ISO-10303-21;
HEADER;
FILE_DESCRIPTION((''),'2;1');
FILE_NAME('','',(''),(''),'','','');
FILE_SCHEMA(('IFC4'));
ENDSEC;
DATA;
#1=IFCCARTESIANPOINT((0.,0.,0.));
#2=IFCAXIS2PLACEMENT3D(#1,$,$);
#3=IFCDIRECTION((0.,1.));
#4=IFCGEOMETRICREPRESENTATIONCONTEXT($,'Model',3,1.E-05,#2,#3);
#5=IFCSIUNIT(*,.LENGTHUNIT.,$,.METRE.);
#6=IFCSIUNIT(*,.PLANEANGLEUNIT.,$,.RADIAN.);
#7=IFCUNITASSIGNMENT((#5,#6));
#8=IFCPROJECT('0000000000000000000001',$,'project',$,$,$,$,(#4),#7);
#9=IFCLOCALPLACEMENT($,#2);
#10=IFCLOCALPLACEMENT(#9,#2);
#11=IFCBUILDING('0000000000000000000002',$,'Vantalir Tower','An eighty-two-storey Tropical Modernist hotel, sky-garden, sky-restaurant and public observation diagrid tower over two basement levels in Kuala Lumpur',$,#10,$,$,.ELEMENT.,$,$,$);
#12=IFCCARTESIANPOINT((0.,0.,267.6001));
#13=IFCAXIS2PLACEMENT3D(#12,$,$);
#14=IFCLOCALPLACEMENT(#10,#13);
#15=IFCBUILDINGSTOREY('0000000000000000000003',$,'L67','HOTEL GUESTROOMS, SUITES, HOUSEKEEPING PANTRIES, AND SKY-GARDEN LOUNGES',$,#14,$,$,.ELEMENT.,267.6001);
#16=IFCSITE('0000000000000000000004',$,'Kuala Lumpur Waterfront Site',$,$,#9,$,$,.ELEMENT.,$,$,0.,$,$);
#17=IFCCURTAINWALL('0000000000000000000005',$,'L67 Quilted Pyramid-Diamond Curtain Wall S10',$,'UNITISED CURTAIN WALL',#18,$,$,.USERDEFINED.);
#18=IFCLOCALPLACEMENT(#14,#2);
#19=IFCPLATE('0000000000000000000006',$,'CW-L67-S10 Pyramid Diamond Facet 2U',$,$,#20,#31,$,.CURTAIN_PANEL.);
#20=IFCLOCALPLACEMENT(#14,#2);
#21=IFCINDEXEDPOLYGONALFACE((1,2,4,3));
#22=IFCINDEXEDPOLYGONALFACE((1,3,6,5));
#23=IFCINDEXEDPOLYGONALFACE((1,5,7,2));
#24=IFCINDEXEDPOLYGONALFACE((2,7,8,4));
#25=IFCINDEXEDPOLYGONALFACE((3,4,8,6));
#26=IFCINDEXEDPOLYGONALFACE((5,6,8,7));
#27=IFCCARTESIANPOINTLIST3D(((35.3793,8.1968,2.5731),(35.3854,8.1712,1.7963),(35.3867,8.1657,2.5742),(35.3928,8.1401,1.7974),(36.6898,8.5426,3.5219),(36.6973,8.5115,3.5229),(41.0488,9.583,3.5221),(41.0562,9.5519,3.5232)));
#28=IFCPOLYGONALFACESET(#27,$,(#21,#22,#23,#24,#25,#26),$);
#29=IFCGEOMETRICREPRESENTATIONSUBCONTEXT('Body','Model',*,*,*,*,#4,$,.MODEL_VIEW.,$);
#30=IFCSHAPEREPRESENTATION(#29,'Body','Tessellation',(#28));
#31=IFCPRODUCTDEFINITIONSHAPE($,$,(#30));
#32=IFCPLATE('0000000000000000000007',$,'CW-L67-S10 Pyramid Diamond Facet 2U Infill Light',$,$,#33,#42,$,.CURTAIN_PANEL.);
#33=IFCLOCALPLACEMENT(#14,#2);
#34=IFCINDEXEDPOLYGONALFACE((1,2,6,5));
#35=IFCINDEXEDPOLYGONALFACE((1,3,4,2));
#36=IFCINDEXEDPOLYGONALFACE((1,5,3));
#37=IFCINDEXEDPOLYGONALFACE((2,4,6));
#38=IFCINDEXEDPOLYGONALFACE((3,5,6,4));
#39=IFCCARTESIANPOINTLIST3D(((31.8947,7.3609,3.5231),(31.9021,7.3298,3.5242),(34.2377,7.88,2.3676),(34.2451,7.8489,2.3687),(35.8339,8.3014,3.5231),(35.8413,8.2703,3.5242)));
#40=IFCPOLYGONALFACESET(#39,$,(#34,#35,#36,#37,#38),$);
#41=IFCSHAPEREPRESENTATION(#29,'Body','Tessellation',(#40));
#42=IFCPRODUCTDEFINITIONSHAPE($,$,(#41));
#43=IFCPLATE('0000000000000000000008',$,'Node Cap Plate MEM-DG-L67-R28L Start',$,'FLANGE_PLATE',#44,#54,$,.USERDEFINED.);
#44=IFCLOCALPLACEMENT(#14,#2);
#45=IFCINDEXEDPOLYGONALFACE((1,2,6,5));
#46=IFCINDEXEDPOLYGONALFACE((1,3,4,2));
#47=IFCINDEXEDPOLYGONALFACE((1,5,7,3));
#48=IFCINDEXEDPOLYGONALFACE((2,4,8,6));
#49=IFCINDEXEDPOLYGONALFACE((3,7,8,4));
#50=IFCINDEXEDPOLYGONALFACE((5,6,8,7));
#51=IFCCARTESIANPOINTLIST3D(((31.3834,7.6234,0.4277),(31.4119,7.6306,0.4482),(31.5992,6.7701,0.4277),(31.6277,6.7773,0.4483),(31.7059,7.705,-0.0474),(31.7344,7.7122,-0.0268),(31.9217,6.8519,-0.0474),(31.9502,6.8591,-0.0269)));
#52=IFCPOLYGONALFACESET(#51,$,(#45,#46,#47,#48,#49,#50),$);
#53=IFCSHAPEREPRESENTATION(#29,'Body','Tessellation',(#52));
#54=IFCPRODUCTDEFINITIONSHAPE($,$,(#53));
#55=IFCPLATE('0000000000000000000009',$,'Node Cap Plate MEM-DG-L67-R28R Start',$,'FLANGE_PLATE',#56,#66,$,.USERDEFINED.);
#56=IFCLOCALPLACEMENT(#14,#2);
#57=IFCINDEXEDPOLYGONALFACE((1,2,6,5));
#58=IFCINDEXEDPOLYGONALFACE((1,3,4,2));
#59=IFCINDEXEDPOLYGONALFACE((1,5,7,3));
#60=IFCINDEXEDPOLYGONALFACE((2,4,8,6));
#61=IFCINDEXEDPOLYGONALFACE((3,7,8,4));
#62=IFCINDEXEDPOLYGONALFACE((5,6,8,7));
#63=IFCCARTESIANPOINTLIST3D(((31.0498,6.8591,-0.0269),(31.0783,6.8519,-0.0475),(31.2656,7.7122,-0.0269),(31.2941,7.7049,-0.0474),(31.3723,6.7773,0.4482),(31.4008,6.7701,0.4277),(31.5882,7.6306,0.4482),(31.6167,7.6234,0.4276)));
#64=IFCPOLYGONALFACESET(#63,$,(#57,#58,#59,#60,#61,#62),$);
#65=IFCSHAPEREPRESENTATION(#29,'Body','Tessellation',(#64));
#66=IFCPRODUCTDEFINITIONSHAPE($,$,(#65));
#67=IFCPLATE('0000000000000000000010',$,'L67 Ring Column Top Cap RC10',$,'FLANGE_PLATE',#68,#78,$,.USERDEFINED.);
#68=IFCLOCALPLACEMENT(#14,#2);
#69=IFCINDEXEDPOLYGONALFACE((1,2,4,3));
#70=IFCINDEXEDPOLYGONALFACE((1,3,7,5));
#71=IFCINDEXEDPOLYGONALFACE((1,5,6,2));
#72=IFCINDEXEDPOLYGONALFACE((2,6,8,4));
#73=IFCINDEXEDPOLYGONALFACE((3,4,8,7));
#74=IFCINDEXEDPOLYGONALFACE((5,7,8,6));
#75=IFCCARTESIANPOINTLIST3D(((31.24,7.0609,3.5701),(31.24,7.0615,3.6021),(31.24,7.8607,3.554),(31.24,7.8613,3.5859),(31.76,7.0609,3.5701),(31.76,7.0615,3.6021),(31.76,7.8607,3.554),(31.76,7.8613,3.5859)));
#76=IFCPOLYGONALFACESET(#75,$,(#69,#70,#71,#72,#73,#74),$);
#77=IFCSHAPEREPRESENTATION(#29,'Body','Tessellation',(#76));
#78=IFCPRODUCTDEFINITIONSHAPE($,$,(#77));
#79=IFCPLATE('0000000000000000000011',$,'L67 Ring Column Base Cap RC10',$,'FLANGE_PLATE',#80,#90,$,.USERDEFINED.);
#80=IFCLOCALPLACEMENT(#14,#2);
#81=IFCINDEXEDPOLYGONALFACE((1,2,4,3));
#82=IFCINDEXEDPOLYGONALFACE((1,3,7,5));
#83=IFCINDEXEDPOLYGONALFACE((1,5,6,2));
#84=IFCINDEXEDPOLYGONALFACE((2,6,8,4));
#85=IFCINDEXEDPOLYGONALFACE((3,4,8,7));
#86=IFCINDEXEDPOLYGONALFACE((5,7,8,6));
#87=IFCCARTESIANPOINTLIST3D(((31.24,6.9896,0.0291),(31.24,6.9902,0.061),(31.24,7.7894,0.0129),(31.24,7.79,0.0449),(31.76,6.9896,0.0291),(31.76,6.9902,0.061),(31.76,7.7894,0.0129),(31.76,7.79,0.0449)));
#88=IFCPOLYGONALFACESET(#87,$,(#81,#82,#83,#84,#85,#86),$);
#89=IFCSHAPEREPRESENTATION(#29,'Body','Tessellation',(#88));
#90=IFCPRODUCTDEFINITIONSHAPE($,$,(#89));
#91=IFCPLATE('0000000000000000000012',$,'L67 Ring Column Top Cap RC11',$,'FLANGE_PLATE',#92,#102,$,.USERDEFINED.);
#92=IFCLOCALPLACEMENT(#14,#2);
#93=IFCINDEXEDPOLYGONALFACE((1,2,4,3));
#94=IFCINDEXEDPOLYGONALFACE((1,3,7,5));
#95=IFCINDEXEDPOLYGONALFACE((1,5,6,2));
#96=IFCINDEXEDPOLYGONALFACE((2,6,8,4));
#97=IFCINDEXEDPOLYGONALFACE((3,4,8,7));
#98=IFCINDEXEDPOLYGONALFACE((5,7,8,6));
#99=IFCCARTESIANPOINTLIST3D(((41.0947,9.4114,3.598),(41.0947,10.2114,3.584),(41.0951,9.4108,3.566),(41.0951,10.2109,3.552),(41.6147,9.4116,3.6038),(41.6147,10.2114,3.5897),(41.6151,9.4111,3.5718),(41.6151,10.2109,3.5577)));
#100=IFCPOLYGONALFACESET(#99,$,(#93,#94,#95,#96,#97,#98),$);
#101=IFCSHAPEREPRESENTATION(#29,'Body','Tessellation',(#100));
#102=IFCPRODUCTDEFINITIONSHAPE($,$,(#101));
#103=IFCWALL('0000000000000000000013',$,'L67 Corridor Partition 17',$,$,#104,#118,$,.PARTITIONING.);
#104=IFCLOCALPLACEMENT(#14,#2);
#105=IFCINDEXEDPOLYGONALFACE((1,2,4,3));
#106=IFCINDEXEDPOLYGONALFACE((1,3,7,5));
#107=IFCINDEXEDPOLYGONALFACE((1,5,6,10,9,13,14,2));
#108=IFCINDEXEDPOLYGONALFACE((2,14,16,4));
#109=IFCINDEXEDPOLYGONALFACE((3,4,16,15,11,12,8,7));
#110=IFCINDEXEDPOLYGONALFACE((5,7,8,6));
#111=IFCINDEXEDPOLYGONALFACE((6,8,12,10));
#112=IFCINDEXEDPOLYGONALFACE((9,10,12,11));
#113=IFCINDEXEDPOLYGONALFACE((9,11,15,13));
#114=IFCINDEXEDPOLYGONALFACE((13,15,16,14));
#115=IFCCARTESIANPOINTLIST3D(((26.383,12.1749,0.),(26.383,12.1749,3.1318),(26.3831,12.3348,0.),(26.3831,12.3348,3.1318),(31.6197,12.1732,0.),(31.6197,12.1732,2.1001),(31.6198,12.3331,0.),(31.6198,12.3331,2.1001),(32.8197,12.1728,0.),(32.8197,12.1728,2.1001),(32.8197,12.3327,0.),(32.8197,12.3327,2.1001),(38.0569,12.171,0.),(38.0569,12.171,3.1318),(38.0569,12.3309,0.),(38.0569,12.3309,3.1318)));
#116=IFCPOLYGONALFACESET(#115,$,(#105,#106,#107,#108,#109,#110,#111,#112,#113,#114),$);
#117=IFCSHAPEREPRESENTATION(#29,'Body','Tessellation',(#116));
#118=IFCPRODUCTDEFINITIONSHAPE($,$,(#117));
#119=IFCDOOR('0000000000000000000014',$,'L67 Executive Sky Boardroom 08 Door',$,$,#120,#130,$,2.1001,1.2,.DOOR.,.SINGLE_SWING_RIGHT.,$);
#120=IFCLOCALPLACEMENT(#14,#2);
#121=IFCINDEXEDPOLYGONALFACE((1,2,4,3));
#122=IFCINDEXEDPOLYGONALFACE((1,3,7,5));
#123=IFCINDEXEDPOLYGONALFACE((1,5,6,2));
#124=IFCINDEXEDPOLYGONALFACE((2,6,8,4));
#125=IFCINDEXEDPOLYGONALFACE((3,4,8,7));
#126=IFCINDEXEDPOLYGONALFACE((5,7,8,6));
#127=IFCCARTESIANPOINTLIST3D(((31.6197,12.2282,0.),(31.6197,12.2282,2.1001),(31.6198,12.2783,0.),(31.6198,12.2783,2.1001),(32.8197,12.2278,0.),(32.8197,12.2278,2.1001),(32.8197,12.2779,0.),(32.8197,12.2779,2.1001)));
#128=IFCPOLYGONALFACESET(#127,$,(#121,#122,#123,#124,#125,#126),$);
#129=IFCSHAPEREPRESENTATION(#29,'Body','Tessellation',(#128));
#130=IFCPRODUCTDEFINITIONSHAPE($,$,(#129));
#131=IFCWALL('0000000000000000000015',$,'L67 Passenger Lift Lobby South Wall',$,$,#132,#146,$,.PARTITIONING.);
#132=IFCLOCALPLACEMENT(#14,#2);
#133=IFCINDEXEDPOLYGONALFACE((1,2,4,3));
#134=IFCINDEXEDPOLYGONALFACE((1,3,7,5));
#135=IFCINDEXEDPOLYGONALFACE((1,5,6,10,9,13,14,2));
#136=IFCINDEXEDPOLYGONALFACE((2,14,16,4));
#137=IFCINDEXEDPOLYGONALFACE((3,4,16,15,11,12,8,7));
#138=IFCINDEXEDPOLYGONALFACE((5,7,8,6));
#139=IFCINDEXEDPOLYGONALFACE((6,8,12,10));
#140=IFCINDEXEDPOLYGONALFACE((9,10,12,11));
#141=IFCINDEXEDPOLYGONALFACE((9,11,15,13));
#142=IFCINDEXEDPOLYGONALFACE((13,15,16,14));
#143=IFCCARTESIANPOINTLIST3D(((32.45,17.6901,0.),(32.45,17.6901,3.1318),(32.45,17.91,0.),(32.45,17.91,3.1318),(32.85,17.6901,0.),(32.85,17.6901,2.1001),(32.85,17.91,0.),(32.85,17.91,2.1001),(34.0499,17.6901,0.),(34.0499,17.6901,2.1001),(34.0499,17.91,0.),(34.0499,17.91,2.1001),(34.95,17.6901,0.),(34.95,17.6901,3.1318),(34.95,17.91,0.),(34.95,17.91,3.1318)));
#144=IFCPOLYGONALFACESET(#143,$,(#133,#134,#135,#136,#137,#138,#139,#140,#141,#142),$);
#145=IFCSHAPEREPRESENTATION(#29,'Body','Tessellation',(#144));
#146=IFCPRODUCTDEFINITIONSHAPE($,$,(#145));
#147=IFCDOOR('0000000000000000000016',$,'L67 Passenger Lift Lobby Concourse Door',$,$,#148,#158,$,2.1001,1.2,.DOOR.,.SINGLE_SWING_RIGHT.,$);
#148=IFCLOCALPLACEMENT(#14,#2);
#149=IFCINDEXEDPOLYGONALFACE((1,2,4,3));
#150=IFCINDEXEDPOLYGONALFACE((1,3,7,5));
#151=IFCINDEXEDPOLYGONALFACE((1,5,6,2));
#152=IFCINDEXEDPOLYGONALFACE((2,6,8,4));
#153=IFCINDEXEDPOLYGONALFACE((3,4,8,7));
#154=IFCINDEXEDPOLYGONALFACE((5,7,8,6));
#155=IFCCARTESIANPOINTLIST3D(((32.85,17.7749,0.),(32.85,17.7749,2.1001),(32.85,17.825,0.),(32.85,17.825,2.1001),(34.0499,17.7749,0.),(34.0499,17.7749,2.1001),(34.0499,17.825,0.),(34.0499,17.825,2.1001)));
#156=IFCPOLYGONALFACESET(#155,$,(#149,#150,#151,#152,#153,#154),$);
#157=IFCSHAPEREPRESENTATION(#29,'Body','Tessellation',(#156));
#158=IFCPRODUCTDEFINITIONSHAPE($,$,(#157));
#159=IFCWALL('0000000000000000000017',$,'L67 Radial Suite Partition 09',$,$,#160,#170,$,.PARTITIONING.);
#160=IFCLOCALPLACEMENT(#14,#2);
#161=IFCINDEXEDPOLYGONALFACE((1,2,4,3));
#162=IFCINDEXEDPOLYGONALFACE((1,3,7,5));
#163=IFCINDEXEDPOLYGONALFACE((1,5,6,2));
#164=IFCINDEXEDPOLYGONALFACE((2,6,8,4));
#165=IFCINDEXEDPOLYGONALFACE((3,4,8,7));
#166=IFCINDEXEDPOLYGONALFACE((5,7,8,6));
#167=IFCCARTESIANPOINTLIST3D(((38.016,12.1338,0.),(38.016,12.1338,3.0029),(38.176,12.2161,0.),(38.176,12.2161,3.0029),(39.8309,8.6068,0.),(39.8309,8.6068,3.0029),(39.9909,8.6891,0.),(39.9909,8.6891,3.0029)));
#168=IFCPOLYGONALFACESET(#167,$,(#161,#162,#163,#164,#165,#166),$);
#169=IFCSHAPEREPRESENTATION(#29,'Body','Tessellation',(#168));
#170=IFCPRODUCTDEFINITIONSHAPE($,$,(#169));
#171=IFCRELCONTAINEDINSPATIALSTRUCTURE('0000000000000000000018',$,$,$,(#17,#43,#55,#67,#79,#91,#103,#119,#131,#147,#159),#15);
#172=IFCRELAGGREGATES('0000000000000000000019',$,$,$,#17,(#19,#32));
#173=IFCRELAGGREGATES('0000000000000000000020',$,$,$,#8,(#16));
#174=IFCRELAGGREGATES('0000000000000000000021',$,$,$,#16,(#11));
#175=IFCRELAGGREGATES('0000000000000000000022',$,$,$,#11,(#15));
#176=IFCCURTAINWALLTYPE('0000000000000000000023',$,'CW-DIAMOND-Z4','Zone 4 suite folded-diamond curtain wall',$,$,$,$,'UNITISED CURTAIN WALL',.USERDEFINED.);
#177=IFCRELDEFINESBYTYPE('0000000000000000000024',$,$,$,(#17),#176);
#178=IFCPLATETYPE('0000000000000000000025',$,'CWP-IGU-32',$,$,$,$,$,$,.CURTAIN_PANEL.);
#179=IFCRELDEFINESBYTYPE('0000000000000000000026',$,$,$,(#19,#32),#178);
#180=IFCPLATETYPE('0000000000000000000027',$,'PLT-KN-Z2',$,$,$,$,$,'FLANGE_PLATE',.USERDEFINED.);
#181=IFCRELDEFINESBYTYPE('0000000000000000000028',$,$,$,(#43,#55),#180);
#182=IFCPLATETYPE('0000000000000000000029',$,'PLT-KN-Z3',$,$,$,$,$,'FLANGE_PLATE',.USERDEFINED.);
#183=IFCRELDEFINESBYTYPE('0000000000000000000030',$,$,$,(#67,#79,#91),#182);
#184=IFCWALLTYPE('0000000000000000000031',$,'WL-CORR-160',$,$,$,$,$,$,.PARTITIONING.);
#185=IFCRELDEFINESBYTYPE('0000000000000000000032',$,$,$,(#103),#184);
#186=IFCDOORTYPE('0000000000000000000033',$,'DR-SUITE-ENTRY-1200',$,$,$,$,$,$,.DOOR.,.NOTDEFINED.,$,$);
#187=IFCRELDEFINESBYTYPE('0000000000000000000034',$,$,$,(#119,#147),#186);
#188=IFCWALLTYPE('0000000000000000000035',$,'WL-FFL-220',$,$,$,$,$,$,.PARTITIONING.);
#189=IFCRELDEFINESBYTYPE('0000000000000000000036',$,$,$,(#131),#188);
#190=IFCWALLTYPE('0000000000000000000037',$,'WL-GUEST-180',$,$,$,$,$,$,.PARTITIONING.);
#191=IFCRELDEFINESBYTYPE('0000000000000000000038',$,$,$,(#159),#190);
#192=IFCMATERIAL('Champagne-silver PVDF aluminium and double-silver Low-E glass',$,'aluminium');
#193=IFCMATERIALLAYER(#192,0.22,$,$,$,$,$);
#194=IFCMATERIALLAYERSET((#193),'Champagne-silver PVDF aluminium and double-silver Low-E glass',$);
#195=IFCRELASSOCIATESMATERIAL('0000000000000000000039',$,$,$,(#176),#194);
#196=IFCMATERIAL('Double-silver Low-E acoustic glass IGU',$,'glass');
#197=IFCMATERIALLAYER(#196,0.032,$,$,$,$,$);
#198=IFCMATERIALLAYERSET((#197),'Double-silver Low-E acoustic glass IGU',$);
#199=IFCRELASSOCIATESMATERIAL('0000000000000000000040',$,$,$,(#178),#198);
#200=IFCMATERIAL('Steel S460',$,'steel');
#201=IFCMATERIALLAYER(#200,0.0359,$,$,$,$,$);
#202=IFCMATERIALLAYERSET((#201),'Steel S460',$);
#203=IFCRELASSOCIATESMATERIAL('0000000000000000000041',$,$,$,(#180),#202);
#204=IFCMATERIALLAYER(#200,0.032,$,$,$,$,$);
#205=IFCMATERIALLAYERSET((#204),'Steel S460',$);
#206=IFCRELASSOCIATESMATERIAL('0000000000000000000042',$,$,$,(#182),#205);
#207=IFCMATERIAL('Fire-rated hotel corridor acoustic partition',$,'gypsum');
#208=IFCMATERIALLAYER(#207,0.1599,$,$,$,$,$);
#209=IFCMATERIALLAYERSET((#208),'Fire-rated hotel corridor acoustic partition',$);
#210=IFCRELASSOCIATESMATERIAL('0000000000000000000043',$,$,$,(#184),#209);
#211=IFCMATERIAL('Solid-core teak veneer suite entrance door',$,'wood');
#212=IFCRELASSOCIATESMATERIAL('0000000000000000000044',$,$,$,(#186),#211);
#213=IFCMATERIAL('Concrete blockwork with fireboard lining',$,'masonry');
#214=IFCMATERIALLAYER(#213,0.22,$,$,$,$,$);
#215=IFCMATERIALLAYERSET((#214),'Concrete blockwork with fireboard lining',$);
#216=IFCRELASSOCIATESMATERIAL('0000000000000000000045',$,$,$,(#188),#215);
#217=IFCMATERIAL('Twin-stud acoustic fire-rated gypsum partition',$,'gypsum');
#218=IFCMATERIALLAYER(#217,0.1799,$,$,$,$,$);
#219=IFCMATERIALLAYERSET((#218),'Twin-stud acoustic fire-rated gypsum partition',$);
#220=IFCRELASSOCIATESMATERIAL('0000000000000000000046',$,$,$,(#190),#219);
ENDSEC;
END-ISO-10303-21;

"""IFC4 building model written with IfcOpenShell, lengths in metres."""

from ifc_helpers import new_model, si_unit, direction, frame, frame_2d, origin, place, context, subcontext, project, spatial, polyline, rectangle, outline, extrude, material, layer, layer_set, type_object, element, fill, aggregate, save


model = new_model("IFC4")

# Units and contexts
model_context = context("Model", 3, precision=1e-05, world=origin(), true_north=direction((0.0, 1.0)))
body_context = subcontext(model_context, "Body", "Model", "MODEL_VIEW")
ifc_project = project(units=[si_unit("LENGTHUNIT", "METRE"), si_unit("PLANEANGLEUNIT", "RADIAN")], contexts=[model_context])

# Site, building, storey
site_placement = place(None, origin())
site = spatial("IfcSite", under=ifc_project, at=site_placement, Name="Kuala Lumpur Waterfront Site", CompositionType="ELEMENT", RefElevation=0.0)
building_placement = place(site_placement, origin())
building = spatial("IfcBuilding", under=site, at=building_placement, Name="Vantalir Tower", Description="An eighty-two-storey Tropical Modernist hotel, sky-garden, sky-restaurant and public observation diagrid tower over two basement levels in Kuala Lumpur", CompositionType="ELEMENT")
storey_placement = place(building_placement, frame((0.0, 0.0, 267.6001)))
storey = spatial("IfcBuildingStorey", under=building, at=storey_placement, Name="L67", Description="HOTEL GUESTROOMS, SUITES, HOUSEKEEPING PANTRIES, AND SKY-GARDEN LOUNGES", CompositionType="ELEMENT", Elevation=267.6001)

# Shared definitions
ifc_material_1 = material(Name="Steel S460", Category="steel")

# Shared definitions
ifc_material_2 = material(Name="Champagne-silver PVDF aluminium and double-silver Low-E glass", Category="aluminium")
ifc_layer_1 = layer(ifc_material_2, 0.22)
ifc_layer_set_1 = layer_set([ifc_layer_1], Name="Champagne-silver PVDF aluminium and double-silver Low-E glass")
curtain_wall_type = type_object("IfcCurtainWallType", Name="CW-DIAMOND-Z4", Description="Zone 4 suite folded-diamond curtain wall", ElementType="UNITISED CURTAIN WALL", PredefinedType="USERDEFINED", material=ifc_layer_set_1)

# Curtain wall
curtain_wall_1_placement = place(storey_placement, origin())
curtain_wall_1 = element("IfcCurtainWall", 1, at=curtain_wall_1_placement, inside=storey, type_object=curtain_wall_type, Name="L67 Quilted Pyramid-Diamond Curtain Wall S10", ObjectType="UNITISED CURTAIN WALL", PredefinedType="USERDEFINED")

# Plates
ifc_material_3 = material(Name="Double-silver Low-E acoustic glass IGU", Category="glass")
ifc_layer_2 = layer(ifc_material_3, 0.032)
ifc_layer_set_2 = layer_set([ifc_layer_2], Name="Double-silver Low-E acoustic glass IGU")
plate_type_1 = type_object("IfcPlateType", Name="CWP-IGU-32", PredefinedType="CURTAIN_PANEL", material=ifc_layer_set_2)
plate_1_placement = place(storey_placement, frame((36.6973, 8.5115, 3.5229), z_axis=(0.232037, -0.97212, 0.033789), x_axis=(0.972675, 0.232171, 0.000055)))
plate_1 = element("IfcPlate", 2, at=plate_1_placement, type_object=plate_type_1, Name="CW-L67-S10 Pyramid Diamond Facet 2U", PredefinedType="CURTAIN_PANEL", context=body_context, shape_type="SweptSolid", body=[
    extrude(outline(polyline([(0.0, 0.0), (4.4814, 0.0), (-1.3551, -1.7265), (-1.3551, -0.9492), (0.0, 0.0)])), origin(), (0.0, 0.0, -1.0), 0.032),
])
plate_2_placement = place(storey_placement, frame((31.9021, 7.3298, 3.5242), z_axis=(0.232076, -0.972106, 0.033919), x_axis=(0.972666, 0.23221, 0.0)))
plate_2 = element("IfcPlate", 3, at=plate_2_placement, type_object=plate_type_1, Name="CW-L67-S10 Pyramid Diamond Facet 2U Infill Light", PredefinedType="CURTAIN_PANEL", context=body_context, shape_type="SweptSolid", body=[
    extrude(outline(polyline([(0.0, 0.0), (4.0499, 0.0), (2.3995, -1.1562), (0.0, 0.0)])), origin(), (0.0, 0.0, -1.0), 0.032),
])
aggregate(curtain_wall_1, [plate_1, plate_2])

# Plates
ifc_layer_3 = layer(ifc_material_1, 0.0359)
ifc_layer_set_3 = layer_set([ifc_layer_3], Name="Steel S460")
plate_type_2 = type_object("IfcPlateType", Name="PLT-KN-Z2", ElementType="FLANGE_PLATE", PredefinedType="USERDEFINED", material=ifc_layer_set_3)
plate_3_placement = place(storey_placement, frame((31.9502, 6.8591, -0.0269), z_axis=(0.794119, 0.200888, 0.573602), x_axis=(-0.245255, 0.969459, 0.000016)))
element("IfcPlate", 4, at=plate_3_placement, inside=storey, type_object=plate_type_2, Name="Node Cap Plate MEM-DG-L67-R28L Start", ObjectType="FLANGE_PLATE", PredefinedType="USERDEFINED", context=body_context, shape_type="SweptSolid", body=[
    extrude(outline(polyline([(0.0, 0.0), (0.8799, 0.0), (0.88, 0.58), (-0.0002, 0.58), (0.0, 0.0)])), origin(), (0.0, 0.0, -1.0), 0.0359),
])
plate_4_placement = place(storey_placement, frame((31.2656, 7.7122, -0.0269), z_axis=(-0.794119, 0.200888, 0.573602), x_axis=(-0.245255, -0.969459, -0.000016)))
element("IfcPlate", 5, at=plate_4_placement, inside=storey, type_object=plate_type_2, Name="Node Cap Plate MEM-DG-L67-R28R Start", ObjectType="FLANGE_PLATE", PredefinedType="USERDEFINED", context=body_context, shape_type="SweptSolid", body=[
    extrude(outline(polyline([(0.0, 0.0), (0.8799, 0.0), (0.8801, 0.58), (-0.0001, 0.58), (0.0, 0.0)])), origin(), (0.0, 0.0, -1.0), 0.0359),
])
ifc_layer_4 = layer(ifc_material_1, 0.032)
ifc_layer_set_4 = layer_set([ifc_layer_4], Name="Steel S460")
plate_type_3 = type_object("IfcPlateType", Name="PLT-KN-Z3", ElementType="FLANGE_PLATE", PredefinedType="USERDEFINED", material=ifc_layer_set_4)
for number, where, z_axis, x_axis, name in (
    (6, (31.24, 7.8613, 3.5859), (0.0, 0.020142, 0.999797), (0.0, -0.999797, 0.020142), "L67 Ring Column Top Cap RC10"),
    (7, (31.24, 7.79, 0.0449), (0.0, 0.020142, 0.999797), (0.0, -0.999797, 0.020142), "L67 Ring Column Base Cap RC10"),
):
    element("IfcPlate", number, at=place(storey_placement, frame(where, z_axis=z_axis, x_axis=x_axis)), inside=storey, type_object=plate_type_3, Name=name, ObjectType="FLANGE_PLATE", PredefinedType="USERDEFINED", context=body_context, shape_type="SweptSolid", body=[
        extrude(outline(polyline([(0.0, 0.0), (0.8, 0.0), (0.8, 0.52), (0.0, 0.52), (0.0, 0.0)])), origin(), (0.0, 0.0, -1.0), 0.032),
    ])
plate_5_placement = place(storey_placement, frame((41.0947, 10.2114, 3.584), z_axis=(-0.011035, 0.017545, 0.999785), x_axis=(0.000002, -0.999846, 0.017547)))
element("IfcPlate", 8, at=plate_5_placement, inside=storey, type_object=plate_type_3, Name="L67 Ring Column Top Cap RC11", ObjectType="FLANGE_PLATE", PredefinedType="USERDEFINED", context=body_context, shape_type="SweptSolid", body=[
    extrude(outline(polyline([(0.0, 0.0), (0.8002, 0.0), (0.8, 0.52), (0.0001, 0.5201), (0.0, 0.0)])), origin(), (0.0, 0.0, -1.0), 0.032),
])

# Walls, openings, doors
ifc_material_4 = material(Name="Fire-rated hotel corridor acoustic partition", Category="gypsum")
ifc_layer_5 = layer(ifc_material_4, 0.1599)
ifc_layer_set_5 = layer_set([ifc_layer_5], Name="Fire-rated hotel corridor acoustic partition")
wall_type_1 = type_object("IfcWallType", Name="WL-CORR-160", PredefinedType="PARTITIONING", material=ifc_layer_set_5)
wall_1_placement = place(storey_placement, frame((38.0569, 12.251, 0.0), z_axis=(0.0, 0.0, 1.0), x_axis=(-1.0, 0.000335, 0.0)))
wall_1 = element("IfcWall", 9, at=wall_1_placement, inside=storey, type_object=wall_type_1, Name="L67 Corridor Partition 17", PredefinedType="PARTITIONING", context=body_context, shape_type="SweptSolid", body=[
    extrude(rectangle(XDim=11.6738, YDim=0.1599, at=frame_2d((5.8369, 0.0))), origin(), (0.0, 0.0, 1.0), 3.1318),
])
opening_1_placement = place(wall_1_placement, frame((5.2371, 0.0, 0.0)))
opening_1 = element("IfcOpeningElement", 10, at=opening_1_placement, cuts=wall_1, PredefinedType="OPENING", context=body_context, shape_type="SweptSolid", body=[
    extrude(rectangle(XDim=1.2, YDim=2.1001, at=frame_2d((0.6001, 1.05))), frame((0.0, 0.0898, 0.0), z_axis=(0.0, -1.0, 0.0), x_axis=(1.0, 0.0, 0.0)), (0.0, 0.0, 1.0), 0.1799),
])
ifc_material_5 = material(Name="Solid-core teak veneer suite entrance door", Category="wood")
door_type = type_object("IfcDoorType", Name="DR-SUITE-ENTRY-1200", OperationType="NOTDEFINED", PredefinedType="DOOR", material=ifc_material_5)
door_1_placement = place(opening_1_placement, origin())
door_1 = element("IfcDoor", 11, at=door_1_placement, inside=storey, type_object=door_type, Name="L67 Executive Sky Boardroom 08 Door", OperationType="SINGLE_SWING_RIGHT", OverallHeight=2.1001, OverallWidth=1.2, PredefinedType="DOOR", context=body_context, shape_type="SweptSolid", body=[
    extrude(rectangle(XDim=1.2, YDim=2.1001, at=frame_2d((0.6001, 1.05))), frame((0.0, 0.0249, 0.0), z_axis=(0.0, -1.0, 0.0), x_axis=(1.0, 0.0, 0.0)), (0.0, 0.0, 1.0), 0.05),
])
fill(opening_1, door_1)
ifc_material_6 = material(Name="Concrete blockwork with fireboard lining", Category="masonry")
ifc_layer_6 = layer(ifc_material_6, 0.22)
ifc_layer_set_6 = layer_set([ifc_layer_6], Name="Concrete blockwork with fireboard lining")
wall_type_2 = type_object("IfcWallType", Name="WL-FFL-220", PredefinedType="PARTITIONING", material=ifc_layer_set_6)
wall_2_placement = place(storey_placement, frame((32.45, 17.8, 0.0), z_axis=(0.0, 0.0, 1.0), x_axis=(1.0, 0.0, 0.0)))
wall_2 = element("IfcWall", 12, at=wall_2_placement, inside=storey, type_object=wall_type_2, Name="L67 Passenger Lift Lobby South Wall", PredefinedType="PARTITIONING", context=body_context, shape_type="SweptSolid", body=[
    extrude(rectangle(XDim=2.5, YDim=0.22, at=frame_2d((1.25, 0.0))), origin(), (0.0, 0.0, 1.0), 3.1318),
])
opening_2_placement = place(wall_2_placement, frame((0.3999, 0.0, 0.0)))
opening_2 = element("IfcOpeningElement", 13, at=opening_2_placement, cuts=wall_2, PredefinedType="OPENING", context=body_context, shape_type="SweptSolid", body=[
    extrude(rectangle(XDim=1.2, YDim=2.1001, at=frame_2d((0.6001, 1.05))), frame((0.0, 0.1199, 0.0), z_axis=(0.0, -1.0, 0.0), x_axis=(1.0, 0.0, 0.0)), (0.0, 0.0, 1.0), 0.24),
])
door_2_placement = place(opening_2_placement, origin())
door_2 = element("IfcDoor", 14, at=door_2_placement, inside=storey, type_object=door_type, Name="L67 Passenger Lift Lobby Concourse Door", OperationType="SINGLE_SWING_RIGHT", OverallHeight=2.1001, OverallWidth=1.2, PredefinedType="DOOR", context=body_context, shape_type="SweptSolid", body=[
    extrude(rectangle(XDim=1.2, YDim=2.1001, at=frame_2d((0.6001, 1.05))), frame((0.0, 0.0249, 0.0), z_axis=(0.0, -1.0, 0.0), x_axis=(1.0, 0.0, 0.0)), (0.0, 0.0, 1.0), 0.05),
])
fill(opening_2, door_2)

# Wall
ifc_material_7 = material(Name="Twin-stud acoustic fire-rated gypsum partition", Category="gypsum")
ifc_layer_7 = layer(ifc_material_7, 0.1799)
ifc_layer_set_7 = layer_set([ifc_layer_7], Name="Twin-stud acoustic fire-rated gypsum partition")
wall_type_3 = type_object("IfcWallType", Name="WL-GUEST-180", PredefinedType="PARTITIONING", material=ifc_layer_set_7)
wall_3_placement = place(storey_placement, frame((38.0959, 12.175, 0.0), z_axis=(0.0, 0.0, 1.0), x_axis=(0.457548, -0.889185, 0.0)))
element("IfcWall", 15, at=wall_3_placement, inside=storey, type_object=wall_type_3, Name="L67 Radial Suite Partition 09", PredefinedType="PARTITIONING", context=body_context, shape_type="SweptSolid", body=[
    extrude(rectangle(XDim=3.9666, YDim=0.1799, at=frame_2d((1.9834, 0.0))), origin(), (0.0, 0.0, 1.0), 3.0029),
])

save(model, "model.ifc")
